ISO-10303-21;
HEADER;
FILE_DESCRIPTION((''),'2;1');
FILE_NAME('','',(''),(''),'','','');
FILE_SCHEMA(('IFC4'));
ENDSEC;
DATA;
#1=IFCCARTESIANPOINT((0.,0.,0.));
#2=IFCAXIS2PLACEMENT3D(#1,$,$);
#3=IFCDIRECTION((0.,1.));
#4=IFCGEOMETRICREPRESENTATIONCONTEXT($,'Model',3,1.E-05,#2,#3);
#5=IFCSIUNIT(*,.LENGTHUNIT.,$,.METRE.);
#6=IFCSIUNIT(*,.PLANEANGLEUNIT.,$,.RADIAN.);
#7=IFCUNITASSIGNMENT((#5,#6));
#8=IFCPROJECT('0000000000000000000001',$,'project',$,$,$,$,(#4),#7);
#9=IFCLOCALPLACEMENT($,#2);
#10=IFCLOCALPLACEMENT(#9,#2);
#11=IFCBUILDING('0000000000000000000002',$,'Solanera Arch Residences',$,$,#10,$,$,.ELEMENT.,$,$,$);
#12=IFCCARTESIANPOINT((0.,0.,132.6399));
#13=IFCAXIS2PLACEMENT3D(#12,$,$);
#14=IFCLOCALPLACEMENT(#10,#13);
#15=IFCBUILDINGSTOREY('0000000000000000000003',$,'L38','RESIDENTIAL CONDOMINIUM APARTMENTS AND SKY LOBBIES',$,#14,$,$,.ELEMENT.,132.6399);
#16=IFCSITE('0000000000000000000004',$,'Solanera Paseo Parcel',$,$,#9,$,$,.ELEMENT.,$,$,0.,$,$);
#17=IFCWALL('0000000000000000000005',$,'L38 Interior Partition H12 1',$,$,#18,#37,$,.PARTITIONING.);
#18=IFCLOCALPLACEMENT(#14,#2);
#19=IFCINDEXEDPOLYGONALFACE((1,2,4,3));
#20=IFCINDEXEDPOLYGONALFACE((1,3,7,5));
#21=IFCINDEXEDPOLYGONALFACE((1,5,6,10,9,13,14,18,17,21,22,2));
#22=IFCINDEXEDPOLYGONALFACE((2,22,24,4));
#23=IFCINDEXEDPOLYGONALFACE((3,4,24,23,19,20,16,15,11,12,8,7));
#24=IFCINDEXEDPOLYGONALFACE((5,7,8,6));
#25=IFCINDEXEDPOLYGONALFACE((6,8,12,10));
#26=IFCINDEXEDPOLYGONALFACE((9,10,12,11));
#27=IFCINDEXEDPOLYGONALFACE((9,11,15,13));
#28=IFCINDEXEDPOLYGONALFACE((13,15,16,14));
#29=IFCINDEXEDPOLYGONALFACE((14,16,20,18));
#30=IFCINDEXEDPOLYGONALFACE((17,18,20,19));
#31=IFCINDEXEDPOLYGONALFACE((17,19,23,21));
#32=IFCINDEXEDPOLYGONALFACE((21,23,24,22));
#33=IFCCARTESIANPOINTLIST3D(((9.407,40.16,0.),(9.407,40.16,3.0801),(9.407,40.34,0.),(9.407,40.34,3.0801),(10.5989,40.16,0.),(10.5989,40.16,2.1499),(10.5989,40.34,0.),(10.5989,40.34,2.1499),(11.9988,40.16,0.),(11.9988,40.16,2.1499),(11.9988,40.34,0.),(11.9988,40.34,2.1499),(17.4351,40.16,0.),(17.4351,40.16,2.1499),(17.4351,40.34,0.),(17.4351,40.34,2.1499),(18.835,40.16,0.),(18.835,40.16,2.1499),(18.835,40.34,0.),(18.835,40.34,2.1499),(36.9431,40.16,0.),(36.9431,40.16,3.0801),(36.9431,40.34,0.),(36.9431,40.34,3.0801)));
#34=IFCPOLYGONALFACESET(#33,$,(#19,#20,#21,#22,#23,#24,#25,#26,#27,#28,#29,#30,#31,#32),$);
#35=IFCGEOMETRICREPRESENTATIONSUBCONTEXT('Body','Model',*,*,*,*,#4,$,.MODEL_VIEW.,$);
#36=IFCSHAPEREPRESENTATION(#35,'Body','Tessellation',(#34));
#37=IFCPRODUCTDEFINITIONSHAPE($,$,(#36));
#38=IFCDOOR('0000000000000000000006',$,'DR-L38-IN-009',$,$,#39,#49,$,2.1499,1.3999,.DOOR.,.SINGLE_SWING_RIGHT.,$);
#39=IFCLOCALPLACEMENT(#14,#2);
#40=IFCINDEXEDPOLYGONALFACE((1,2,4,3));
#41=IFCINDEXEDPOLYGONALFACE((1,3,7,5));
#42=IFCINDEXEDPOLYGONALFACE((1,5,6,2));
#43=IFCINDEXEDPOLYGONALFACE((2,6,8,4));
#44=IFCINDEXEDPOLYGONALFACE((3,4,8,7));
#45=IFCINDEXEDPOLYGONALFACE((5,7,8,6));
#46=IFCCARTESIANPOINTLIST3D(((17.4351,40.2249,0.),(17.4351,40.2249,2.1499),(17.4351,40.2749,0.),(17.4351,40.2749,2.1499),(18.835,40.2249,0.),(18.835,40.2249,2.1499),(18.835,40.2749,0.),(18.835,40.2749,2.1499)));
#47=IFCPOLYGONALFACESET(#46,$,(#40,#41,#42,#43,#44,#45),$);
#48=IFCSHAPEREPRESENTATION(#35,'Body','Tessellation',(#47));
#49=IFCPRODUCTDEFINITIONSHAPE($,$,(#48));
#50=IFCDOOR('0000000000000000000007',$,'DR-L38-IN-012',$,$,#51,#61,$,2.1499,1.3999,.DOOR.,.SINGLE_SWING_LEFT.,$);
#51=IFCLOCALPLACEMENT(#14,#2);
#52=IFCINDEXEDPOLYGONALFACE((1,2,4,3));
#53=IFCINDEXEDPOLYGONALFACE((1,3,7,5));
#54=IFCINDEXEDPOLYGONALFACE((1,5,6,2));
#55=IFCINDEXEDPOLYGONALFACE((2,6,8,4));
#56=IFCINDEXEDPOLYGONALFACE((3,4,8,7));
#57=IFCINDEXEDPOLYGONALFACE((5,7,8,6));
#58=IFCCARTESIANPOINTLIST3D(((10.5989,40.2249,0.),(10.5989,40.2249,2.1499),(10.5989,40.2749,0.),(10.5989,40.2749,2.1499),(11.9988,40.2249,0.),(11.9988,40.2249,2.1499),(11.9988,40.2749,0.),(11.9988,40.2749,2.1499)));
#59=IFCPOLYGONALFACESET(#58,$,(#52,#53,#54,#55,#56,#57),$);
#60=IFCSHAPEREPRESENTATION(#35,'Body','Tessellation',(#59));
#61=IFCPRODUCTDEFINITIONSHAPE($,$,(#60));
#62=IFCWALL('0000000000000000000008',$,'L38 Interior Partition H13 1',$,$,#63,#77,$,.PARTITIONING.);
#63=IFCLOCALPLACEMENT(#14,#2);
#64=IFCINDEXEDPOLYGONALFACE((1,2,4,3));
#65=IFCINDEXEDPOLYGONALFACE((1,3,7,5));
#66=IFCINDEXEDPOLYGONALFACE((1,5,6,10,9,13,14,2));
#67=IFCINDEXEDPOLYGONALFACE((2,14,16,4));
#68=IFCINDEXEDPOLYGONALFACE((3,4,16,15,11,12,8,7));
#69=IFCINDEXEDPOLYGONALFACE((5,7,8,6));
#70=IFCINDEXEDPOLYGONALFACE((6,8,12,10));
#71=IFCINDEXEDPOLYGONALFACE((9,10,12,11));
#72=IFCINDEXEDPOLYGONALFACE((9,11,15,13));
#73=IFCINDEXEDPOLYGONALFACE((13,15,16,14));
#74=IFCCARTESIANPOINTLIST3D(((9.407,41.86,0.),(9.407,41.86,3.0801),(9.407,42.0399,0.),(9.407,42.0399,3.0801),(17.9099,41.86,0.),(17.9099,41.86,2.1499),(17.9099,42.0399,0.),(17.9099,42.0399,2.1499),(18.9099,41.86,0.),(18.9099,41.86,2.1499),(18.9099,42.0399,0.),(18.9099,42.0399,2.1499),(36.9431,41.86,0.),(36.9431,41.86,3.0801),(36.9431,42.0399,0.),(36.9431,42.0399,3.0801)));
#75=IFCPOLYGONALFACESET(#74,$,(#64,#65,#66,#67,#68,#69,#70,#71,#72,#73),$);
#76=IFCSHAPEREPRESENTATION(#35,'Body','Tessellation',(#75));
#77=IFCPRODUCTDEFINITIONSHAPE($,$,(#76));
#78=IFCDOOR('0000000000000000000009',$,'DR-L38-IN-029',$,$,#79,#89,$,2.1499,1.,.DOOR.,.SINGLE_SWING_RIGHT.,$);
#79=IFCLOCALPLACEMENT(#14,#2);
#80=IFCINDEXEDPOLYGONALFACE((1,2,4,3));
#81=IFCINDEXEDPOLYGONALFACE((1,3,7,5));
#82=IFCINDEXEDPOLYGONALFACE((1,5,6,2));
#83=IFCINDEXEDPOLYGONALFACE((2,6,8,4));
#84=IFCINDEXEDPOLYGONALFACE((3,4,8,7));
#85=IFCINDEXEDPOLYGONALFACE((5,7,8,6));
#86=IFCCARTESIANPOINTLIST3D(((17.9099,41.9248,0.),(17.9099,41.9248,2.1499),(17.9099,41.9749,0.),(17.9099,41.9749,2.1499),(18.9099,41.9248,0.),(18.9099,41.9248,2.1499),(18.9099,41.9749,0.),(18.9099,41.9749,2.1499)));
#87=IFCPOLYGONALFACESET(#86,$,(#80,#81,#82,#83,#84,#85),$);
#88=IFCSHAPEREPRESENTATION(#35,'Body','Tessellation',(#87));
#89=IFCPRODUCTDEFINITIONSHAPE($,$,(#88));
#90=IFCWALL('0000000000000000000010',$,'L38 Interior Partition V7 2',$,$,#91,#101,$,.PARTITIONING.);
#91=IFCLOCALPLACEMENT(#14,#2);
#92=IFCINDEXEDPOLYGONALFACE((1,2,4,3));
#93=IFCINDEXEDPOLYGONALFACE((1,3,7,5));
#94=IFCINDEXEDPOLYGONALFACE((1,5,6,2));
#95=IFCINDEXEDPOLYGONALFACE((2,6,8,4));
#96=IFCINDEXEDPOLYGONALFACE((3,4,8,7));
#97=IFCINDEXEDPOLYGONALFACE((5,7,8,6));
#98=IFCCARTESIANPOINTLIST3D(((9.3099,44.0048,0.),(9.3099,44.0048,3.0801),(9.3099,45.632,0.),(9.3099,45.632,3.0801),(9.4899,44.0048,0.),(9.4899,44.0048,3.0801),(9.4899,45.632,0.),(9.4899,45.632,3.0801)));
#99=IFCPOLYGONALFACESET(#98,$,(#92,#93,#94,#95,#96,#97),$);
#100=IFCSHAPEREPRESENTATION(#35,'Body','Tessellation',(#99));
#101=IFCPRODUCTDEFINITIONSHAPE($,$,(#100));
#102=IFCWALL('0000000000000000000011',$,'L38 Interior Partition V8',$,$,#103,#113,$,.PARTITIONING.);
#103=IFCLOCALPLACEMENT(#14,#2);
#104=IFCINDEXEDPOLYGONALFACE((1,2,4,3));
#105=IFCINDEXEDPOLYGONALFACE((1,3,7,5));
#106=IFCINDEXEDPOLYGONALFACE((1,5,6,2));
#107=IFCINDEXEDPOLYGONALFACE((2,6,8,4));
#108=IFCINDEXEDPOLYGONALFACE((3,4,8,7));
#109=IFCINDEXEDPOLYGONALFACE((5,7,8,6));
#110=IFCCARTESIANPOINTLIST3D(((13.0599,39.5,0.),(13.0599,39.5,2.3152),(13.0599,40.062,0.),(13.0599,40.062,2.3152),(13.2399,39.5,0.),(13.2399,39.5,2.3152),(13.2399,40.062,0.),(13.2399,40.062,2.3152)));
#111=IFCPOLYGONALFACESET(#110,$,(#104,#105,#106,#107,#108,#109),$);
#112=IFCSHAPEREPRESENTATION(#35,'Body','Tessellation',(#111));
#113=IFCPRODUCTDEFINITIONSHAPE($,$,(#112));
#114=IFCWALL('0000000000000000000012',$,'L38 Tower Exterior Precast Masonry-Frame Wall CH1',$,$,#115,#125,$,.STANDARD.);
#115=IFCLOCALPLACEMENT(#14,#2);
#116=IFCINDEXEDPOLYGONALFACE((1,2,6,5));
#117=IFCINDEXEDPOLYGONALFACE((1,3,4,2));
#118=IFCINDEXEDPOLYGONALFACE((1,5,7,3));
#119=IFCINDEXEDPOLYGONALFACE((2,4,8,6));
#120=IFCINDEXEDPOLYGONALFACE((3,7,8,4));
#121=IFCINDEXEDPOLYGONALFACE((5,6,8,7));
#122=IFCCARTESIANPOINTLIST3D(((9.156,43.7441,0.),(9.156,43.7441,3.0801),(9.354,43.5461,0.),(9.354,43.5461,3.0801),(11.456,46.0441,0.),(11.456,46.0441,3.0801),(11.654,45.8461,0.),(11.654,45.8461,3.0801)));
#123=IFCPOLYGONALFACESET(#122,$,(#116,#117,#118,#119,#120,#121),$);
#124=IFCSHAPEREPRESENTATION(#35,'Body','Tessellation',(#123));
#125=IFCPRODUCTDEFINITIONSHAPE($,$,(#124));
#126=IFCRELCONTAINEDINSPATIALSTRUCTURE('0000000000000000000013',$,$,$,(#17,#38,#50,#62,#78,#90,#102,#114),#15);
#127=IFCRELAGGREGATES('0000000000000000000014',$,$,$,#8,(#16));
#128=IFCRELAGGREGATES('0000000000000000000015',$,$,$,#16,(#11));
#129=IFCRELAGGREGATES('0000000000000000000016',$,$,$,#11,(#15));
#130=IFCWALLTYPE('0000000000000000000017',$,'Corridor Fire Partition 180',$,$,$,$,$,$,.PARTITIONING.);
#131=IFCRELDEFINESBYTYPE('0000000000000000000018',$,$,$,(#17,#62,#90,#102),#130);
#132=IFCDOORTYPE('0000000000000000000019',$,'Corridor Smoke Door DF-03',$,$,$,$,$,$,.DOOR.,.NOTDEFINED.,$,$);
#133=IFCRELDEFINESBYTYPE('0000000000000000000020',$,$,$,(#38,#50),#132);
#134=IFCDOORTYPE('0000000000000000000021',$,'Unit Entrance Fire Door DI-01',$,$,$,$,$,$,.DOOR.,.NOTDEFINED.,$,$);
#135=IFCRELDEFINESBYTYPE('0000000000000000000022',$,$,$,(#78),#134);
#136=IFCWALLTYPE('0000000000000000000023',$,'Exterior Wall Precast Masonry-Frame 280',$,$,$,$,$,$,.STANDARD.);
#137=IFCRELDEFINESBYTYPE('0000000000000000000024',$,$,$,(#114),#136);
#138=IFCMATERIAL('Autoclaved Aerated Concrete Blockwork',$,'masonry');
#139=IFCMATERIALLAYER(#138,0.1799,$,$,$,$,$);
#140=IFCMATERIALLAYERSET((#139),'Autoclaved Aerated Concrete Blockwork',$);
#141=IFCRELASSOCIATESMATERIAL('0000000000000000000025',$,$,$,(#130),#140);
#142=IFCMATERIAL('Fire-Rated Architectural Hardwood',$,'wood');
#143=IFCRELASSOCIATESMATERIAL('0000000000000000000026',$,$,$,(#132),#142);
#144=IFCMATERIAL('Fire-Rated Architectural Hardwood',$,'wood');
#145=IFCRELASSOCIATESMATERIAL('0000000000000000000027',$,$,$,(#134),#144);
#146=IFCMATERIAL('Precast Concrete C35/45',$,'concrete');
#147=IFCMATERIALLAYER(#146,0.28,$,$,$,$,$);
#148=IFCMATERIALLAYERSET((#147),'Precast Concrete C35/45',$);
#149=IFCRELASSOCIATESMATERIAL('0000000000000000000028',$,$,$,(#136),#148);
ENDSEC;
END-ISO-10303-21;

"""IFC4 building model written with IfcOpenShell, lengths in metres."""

from ifc_helpers import new_model, si_unit, direction, frame, frame_2d, origin, place, context, subcontext, project, spatial, rectangle, extrude, material, layer, layer_set, type_object, element, fill, save


model = new_model("IFC4")

# Units and contexts
model_context = context("Model", 3, precision=1e-05, world=origin(), true_north=direction((0.0, 1.0)))
body_context = subcontext(model_context, "Body", "Model", "MODEL_VIEW")
ifc_project = project(units=[si_unit("LENGTHUNIT", "METRE"), si_unit("PLANEANGLEUNIT", "RADIAN")], contexts=[model_context])

# Site, building, storey
site_placement = place(None, origin())
site = spatial("IfcSite", under=ifc_project, at=site_placement, Name="Solanera Paseo Parcel", CompositionType="ELEMENT", RefElevation=0.0)
building_placement = place(site_placement, origin())
building = spatial("IfcBuilding", under=site, at=building_placement, Name="Solanera Arch Residences", CompositionType="ELEMENT")
storey_placement = place(building_placement, frame((0.0, 0.0, 132.6399)))
storey = spatial("IfcBuildingStorey", under=building, at=storey_placement, Name="L38", Description="RESIDENTIAL CONDOMINIUM APARTMENTS AND SKY LOBBIES", CompositionType="ELEMENT", Elevation=132.6399)

# Wall, openings, doors
ifc_material_1 = material(Name="Autoclaved Aerated Concrete Blockwork", Category="masonry")
ifc_layer_1 = layer(ifc_material_1, 0.1799)
ifc_layer_set_1 = layer_set([ifc_layer_1], Name="Autoclaved Aerated Concrete Blockwork")
wall_type_1 = type_object("IfcWallType", Name="Corridor Fire Partition 180", PredefinedType="PARTITIONING", material=ifc_layer_set_1)
wall_1_placement = place(storey_placement, frame((9.407, 40.25, 0.0), z_axis=(0.0, 0.0, 1.0), x_axis=(1.0, 0.0, 0.0)))
wall_1 = element("IfcWall", 1, at=wall_1_placement, inside=storey, type_object=wall_type_1, Name="L38 Interior Partition H12 1", PredefinedType="PARTITIONING", context=body_context, shape_type="SweptSolid", body=[
    extrude(rectangle(XDim=27.5361, YDim=0.1799, at=frame_2d((13.7681, 0.0))), origin(), (0.0, 0.0, 1.0), 3.0801),
])
opening_1_placement = place(wall_1_placement, frame((8.0281, 0.0, 0.0)))
opening_1 = element("IfcOpeningElement", 2, at=opening_1_placement, cuts=wall_1, PredefinedType="OPENING", context=body_context, shape_type="SweptSolid", body=[
    extrude(rectangle(XDim=1.3999, YDim=2.1499, at=frame_2d((0.7, 1.075))), frame((0.0, 0.1001, 0.0), z_axis=(0.0, -1.0, 0.0), x_axis=(1.0, 0.0, 0.0)), (0.0, 0.0, 1.0), 0.1999),
])
opening_2_placement = place(wall_1_placement, frame((1.1919, 0.0, 0.0)))
opening_2 = element("IfcOpeningElement", 3, at=opening_2_placement, cuts=wall_1, PredefinedType="OPENING", context=body_context, shape_type="SweptSolid", body=[
    extrude(rectangle(XDim=1.3999, YDim=2.1499, at=frame_2d((0.7, 1.075))), frame((0.0, 0.1001, 0.0), z_axis=(0.0, -1.0, 0.0), x_axis=(1.0, 0.0, 0.0)), (0.0, 0.0, 1.0), 0.1999),
])
ifc_material_2 = material(Name="Fire-Rated Architectural Hardwood", Category="wood")
door_type_1 = type_object("IfcDoorType", Name="Corridor Smoke Door DF-03", OperationType="NOTDEFINED", PredefinedType="DOOR", material=ifc_material_2)
door_1_placement = place(opening_1_placement, origin())
door_1 = element("IfcDoor", 4, at=door_1_placement, inside=storey, type_object=door_type_1, Name="DR-L38-IN-009", OperationType="SINGLE_SWING_RIGHT", OverallHeight=2.1499, OverallWidth=1.3999, PredefinedType="DOOR", context=body_context, shape_type="SweptSolid", body=[
    extrude(rectangle(XDim=1.3999, YDim=2.1499, at=frame_2d((0.7, 1.075))), frame((0.0, 0.0249, 0.0), z_axis=(0.0, -1.0, 0.0), x_axis=(1.0, 0.0, 0.0)), (0.0, 0.0, 1.0), 0.05),
])
fill(opening_1, door_1)
door_2_placement = place(opening_2_placement, origin())
door_2 = element("IfcDoor", 5, at=door_2_placement, inside=storey, type_object=door_type_1, Name="DR-L38-IN-012", OperationType="SINGLE_SWING_LEFT", OverallHeight=2.1499, OverallWidth=1.3999, PredefinedType="DOOR", context=body_context, shape_type="SweptSolid", body=[
    extrude(rectangle(XDim=1.3999, YDim=2.1499, at=frame_2d((0.7, 1.075))), frame((0.0, 0.0249, 0.0), z_axis=(0.0, -1.0, 0.0), x_axis=(1.0, 0.0, 0.0)), (0.0, 0.0, 1.0), 0.05),
])
fill(opening_2, door_2)

# Wall, opening, door
wall_2_placement = place(storey_placement, frame((9.407, 41.95, 0.0), z_axis=(0.0, 0.0, 1.0), x_axis=(1.0, 0.0, 0.0)))
wall_2 = element("IfcWall", 6, at=wall_2_placement, inside=storey, type_object=wall_type_1, Name="L38 Interior Partition H13 1", PredefinedType="PARTITIONING", context=body_context, shape_type="SweptSolid", body=[
    extrude(rectangle(XDim=27.5361, YDim=0.1799, at=frame_2d((13.7681, 0.0))), origin(), (0.0, 0.0, 1.0), 3.0801),
])
opening_3_placement = place(wall_2_placement, frame((8.5029, 0.0, 0.0)))
opening_3 = element("IfcOpeningElement", 7, at=opening_3_placement, cuts=wall_2, PredefinedType="OPENING", context=body_context, shape_type="SweptSolid", body=[
    extrude(rectangle(XDim=1.0, YDim=2.1499, at=frame_2d((0.5, 1.075))), frame((0.0, 0.1001, 0.0), z_axis=(0.0, -1.0, 0.0), x_axis=(1.0, 0.0, 0.0)), (0.0, 0.0, 1.0), 0.1999),
])
ifc_material_3 = material(Name="Fire-Rated Architectural Hardwood", Category="wood")
door_type_2 = type_object("IfcDoorType", Name="Unit Entrance Fire Door DI-01", OperationType="NOTDEFINED", PredefinedType="DOOR", material=ifc_material_3)
door_3_placement = place(opening_3_placement, origin())
door_3 = element("IfcDoor", 8, at=door_3_placement, inside=storey, type_object=door_type_2, Name="DR-L38-IN-029", OperationType="SINGLE_SWING_RIGHT", OverallHeight=2.1499, OverallWidth=1.0, PredefinedType="DOOR", context=body_context, shape_type="SweptSolid", body=[
    extrude(rectangle(XDim=1.0, YDim=2.1499, at=frame_2d((0.5, 1.075))), frame((0.0, 0.0249, 0.0), z_axis=(0.0, -1.0, 0.0), x_axis=(1.0, 0.0, 0.0)), (0.0, 0.0, 1.0), 0.05),
])
fill(opening_3, door_3)

# Walls
wall_3_placement = place(storey_placement, frame((9.3999, 44.0049, 0.0), z_axis=(0.0, 0.0, 1.0), x_axis=(0.0, 1.0, 0.0)))
element("IfcWall", 9, at=wall_3_placement, inside=storey, type_object=wall_type_1, Name="L38 Interior Partition V7 2", PredefinedType="PARTITIONING", context=body_context, shape_type="SweptSolid", body=[
    extrude(rectangle(XDim=1.6272, YDim=0.1799, at=frame_2d((0.8135, 0.0))), origin(), (0.0, 0.0, 1.0), 3.0801),
])
wall_4_placement = place(storey_placement, frame((13.1499, 39.5, 0.0), z_axis=(0.0, 0.0, 1.0), x_axis=(0.0, 1.0, 0.0)))
element("IfcWall", 10, at=wall_4_placement, inside=storey, type_object=wall_type_1, Name="L38 Interior Partition V8", PredefinedType="PARTITIONING", context=body_context, shape_type="SweptSolid", body=[
    extrude(rectangle(XDim=0.562, YDim=0.1799, at=frame_2d((0.281, 0.0))), origin(), (0.0, 0.0, 1.0), 2.3152),
])
ifc_material_4 = material(Name="Precast Concrete C35/45", Category="concrete")
ifc_layer_2 = layer(ifc_material_4, 0.28)
ifc_layer_set_2 = layer_set([ifc_layer_2], Name="Precast Concrete C35/45")
wall_type_2 = type_object("IfcWallType", Name="Exterior Wall Precast Masonry-Frame 280", PredefinedType="STANDARD", material=ifc_layer_set_2)
wall_5_placement = place(storey_placement, frame((9.2549, 43.645, 0.0), z_axis=(0.0, 0.0, 1.0), x_axis=(0.707107, 0.707107, 0.0)))
element("IfcWall", 11, at=wall_5_placement, inside=storey, type_object=wall_type_2, Name="L38 Tower Exterior Precast Masonry-Frame Wall CH1", PredefinedType="STANDARD", context=body_context, shape_type="SweptSolid", body=[
    extrude(rectangle(XDim=3.2527, YDim=0.28, at=frame_2d((1.6265, 0.0))), origin(), (0.0, 0.0, 1.0), 3.0801),
])

save(model, "model.ifc")
